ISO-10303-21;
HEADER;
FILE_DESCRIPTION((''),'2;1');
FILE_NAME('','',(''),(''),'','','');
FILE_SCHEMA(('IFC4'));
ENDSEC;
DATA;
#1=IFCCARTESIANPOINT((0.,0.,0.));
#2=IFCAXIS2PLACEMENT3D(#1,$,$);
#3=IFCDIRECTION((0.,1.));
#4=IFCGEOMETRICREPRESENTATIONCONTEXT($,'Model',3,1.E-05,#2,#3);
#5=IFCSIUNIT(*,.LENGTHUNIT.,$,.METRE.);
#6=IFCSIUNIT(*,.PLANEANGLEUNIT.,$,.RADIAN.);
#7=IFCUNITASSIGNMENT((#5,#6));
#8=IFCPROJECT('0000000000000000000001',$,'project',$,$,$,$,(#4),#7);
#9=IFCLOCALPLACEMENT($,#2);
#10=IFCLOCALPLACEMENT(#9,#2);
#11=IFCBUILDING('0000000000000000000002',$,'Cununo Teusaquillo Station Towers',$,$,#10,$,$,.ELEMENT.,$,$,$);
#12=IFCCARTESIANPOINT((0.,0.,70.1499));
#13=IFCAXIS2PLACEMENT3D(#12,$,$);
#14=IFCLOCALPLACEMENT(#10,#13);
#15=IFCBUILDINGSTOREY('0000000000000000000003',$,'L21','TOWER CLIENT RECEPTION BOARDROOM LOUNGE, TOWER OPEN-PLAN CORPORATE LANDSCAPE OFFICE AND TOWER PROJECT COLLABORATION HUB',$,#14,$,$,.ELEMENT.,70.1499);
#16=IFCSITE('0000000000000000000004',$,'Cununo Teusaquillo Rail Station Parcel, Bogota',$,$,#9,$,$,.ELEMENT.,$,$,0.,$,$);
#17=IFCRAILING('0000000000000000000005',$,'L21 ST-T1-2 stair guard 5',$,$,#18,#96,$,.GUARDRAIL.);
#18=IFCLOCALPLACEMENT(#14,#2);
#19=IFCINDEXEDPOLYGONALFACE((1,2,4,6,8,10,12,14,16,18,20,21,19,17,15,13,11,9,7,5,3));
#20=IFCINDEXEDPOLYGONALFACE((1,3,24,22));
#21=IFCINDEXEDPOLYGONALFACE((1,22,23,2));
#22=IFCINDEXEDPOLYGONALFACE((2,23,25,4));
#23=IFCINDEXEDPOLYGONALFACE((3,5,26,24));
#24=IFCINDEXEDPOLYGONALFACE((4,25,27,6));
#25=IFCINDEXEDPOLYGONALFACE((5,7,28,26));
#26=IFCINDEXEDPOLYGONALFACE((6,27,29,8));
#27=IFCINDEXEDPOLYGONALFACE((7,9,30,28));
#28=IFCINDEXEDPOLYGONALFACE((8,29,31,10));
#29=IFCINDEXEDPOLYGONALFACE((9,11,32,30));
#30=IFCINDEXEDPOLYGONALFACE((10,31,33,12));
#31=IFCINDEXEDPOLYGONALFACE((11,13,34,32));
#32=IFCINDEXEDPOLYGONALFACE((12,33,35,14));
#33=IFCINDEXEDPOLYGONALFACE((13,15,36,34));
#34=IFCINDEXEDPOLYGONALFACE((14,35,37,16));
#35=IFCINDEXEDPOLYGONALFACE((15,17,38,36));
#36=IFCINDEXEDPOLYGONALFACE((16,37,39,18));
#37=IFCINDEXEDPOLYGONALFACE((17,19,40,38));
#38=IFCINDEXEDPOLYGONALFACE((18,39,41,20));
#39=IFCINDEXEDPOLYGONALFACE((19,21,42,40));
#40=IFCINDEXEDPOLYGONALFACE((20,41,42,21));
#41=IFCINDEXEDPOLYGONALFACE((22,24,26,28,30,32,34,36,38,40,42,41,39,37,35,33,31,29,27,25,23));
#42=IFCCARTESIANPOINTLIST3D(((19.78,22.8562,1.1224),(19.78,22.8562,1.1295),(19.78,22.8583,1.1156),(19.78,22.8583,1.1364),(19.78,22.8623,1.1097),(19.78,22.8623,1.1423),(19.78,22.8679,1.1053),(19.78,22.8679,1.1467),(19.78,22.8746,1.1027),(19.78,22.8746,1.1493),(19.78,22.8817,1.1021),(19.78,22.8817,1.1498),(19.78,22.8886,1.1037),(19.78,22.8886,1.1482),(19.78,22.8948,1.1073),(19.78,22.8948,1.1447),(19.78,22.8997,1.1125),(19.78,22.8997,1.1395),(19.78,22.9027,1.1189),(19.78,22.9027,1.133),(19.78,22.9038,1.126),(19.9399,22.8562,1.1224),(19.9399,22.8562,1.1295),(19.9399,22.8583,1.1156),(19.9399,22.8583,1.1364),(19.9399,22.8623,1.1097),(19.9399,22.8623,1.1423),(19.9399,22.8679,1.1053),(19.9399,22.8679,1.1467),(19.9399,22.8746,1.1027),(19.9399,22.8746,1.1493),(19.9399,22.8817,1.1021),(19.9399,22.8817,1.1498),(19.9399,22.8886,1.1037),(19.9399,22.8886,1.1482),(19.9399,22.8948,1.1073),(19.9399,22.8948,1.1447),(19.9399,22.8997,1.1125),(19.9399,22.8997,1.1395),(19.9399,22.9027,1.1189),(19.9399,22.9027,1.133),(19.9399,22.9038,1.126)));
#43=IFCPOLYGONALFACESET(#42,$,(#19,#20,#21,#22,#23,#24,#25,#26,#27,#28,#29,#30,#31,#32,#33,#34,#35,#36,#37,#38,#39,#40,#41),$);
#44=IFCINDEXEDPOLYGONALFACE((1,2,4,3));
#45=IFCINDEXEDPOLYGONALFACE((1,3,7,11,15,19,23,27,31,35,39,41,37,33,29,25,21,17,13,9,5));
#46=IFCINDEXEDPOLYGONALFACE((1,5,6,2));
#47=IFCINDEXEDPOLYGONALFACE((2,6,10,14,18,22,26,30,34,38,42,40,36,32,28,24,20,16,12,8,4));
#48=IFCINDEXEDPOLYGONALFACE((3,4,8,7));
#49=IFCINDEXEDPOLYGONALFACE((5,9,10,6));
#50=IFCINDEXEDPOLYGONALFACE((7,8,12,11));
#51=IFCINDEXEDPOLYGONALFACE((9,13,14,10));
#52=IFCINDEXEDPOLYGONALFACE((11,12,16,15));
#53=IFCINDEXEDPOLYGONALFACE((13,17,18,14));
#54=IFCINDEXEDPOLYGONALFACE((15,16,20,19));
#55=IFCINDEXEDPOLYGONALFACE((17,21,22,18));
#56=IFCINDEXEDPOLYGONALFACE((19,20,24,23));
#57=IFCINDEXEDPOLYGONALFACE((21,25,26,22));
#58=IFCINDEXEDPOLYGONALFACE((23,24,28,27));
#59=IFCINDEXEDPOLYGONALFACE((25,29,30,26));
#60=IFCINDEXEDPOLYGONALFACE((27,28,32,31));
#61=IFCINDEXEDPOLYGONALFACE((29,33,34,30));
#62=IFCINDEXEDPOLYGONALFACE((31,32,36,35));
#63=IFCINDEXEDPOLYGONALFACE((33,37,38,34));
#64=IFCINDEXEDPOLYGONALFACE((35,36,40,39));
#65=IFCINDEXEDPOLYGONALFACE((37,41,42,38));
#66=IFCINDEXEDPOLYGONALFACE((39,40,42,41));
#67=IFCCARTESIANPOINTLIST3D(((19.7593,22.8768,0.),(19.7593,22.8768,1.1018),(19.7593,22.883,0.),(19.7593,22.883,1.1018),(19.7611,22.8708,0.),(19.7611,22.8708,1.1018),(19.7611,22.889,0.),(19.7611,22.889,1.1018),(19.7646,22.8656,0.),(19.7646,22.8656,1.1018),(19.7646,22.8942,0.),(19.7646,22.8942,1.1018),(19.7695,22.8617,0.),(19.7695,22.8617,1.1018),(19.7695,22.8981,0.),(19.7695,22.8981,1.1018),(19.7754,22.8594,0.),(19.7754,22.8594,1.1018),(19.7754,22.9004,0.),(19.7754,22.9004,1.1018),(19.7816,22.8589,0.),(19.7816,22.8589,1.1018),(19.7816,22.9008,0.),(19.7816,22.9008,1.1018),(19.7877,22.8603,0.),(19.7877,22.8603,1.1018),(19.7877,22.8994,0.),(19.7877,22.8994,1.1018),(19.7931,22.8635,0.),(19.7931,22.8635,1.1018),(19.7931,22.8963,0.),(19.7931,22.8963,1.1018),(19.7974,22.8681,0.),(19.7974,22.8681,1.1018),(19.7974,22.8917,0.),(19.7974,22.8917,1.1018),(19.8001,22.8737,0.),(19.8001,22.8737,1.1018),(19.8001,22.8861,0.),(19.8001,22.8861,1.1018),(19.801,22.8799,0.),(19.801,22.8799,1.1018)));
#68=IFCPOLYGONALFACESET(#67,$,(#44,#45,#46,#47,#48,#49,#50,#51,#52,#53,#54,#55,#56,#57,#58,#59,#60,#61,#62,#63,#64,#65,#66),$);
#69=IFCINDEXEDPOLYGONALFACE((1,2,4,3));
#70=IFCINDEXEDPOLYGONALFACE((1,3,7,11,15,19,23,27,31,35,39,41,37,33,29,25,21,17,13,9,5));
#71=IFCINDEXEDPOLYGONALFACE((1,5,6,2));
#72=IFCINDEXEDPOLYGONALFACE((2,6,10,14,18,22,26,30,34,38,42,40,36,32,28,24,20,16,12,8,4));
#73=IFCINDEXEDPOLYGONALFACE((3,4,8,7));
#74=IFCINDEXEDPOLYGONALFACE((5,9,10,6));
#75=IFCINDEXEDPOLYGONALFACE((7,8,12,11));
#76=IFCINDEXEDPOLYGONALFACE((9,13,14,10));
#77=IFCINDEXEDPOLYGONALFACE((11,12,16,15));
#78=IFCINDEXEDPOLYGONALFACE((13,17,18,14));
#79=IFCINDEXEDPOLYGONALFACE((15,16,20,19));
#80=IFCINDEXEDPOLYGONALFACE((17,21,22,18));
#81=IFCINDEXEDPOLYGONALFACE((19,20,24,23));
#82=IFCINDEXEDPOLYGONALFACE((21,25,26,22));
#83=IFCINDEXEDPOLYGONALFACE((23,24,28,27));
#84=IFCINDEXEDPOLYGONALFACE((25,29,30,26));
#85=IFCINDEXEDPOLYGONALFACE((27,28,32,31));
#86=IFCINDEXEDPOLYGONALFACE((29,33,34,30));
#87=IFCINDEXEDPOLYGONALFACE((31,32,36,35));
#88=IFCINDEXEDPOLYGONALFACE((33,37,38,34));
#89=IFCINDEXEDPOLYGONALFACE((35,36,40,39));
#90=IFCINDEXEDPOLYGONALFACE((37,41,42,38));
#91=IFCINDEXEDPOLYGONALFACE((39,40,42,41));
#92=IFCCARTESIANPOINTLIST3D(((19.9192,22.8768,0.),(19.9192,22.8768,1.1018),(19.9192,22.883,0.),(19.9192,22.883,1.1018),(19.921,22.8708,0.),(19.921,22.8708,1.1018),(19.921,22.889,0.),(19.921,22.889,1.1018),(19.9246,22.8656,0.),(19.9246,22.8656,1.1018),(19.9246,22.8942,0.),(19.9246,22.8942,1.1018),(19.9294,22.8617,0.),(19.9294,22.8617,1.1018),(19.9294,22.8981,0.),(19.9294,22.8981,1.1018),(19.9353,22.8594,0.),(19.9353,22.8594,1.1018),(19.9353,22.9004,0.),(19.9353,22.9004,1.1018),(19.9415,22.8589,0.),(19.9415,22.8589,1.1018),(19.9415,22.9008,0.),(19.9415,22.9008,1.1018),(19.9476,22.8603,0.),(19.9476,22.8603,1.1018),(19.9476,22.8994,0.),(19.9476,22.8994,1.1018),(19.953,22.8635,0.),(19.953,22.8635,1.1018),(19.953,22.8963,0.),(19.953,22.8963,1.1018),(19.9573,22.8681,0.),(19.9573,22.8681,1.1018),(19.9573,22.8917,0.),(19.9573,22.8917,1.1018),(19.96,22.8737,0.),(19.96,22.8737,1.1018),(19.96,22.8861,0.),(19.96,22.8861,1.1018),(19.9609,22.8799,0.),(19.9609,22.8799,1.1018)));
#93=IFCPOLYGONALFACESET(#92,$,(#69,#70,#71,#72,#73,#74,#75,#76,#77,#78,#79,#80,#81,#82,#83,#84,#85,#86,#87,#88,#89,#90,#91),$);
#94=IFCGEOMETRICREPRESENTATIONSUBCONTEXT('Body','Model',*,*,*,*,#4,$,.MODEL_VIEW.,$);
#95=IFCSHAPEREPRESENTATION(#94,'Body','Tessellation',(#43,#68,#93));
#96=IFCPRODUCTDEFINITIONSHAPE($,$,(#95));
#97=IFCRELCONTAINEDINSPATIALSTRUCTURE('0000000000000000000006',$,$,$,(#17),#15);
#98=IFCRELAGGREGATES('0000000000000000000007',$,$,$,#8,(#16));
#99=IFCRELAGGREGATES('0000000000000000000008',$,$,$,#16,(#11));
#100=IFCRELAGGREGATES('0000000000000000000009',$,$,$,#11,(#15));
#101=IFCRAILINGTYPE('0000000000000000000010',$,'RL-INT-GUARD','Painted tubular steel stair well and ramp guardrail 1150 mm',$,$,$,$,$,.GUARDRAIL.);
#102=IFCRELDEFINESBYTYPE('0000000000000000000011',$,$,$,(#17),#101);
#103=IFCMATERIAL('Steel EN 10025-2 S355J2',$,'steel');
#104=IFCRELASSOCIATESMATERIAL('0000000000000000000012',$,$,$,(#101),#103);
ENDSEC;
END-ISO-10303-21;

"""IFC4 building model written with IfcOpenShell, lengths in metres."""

from ifc_helpers import new_model, si_unit, direction, frame, origin, origin_2d, place, context, subcontext, project, spatial, circle, extrude, material, type_object, element, save


model = new_model("IFC4")

# Units and contexts
model_context = context("Model", 3, precision=1e-05, world=origin(), true_north=direction((0.0, 1.0)))
body_context = subcontext(model_context, "Body", "Model", "MODEL_VIEW")
ifc_project = project(units=[si_unit("LENGTHUNIT", "METRE"), si_unit("PLANEANGLEUNIT", "RADIAN")], contexts=[model_context])

# Site, building, storey
site_placement = place(None, origin())
site = spatial("IfcSite", under=ifc_project, at=site_placement, Name="Cununo Teusaquillo Rail Station Parcel, Bogota", CompositionType="ELEMENT", RefElevation=0.0)
building_placement = place(site_placement, origin())
building = spatial("IfcBuilding", under=site, at=building_placement, Name="Cununo Teusaquillo Station Towers", CompositionType="ELEMENT")
storey_placement = place(building_placement, frame((0.0, 0.0, 70.1499)))
storey = spatial("IfcBuildingStorey", under=building, at=storey_placement, Name="L21", Description="TOWER CLIENT RECEPTION BOARDROOM LOUNGE, TOWER OPEN-PLAN CORPORATE LANDSCAPE OFFICE AND TOWER PROJECT COLLABORATION HUB", CompositionType="ELEMENT", Elevation=70.1499)

# Railing
ifc_material_1 = material(Name="Steel EN 10025-2 S355J2", Category="steel")
railing_type_1 = type_object("IfcRailingType", Name="RL-INT-GUARD", Description="Painted tubular steel stair well and ramp guardrail 1150 mm", PredefinedType="GUARDRAIL", material=ifc_material_1)
railing_1_placement = place(storey_placement, frame((19.78, 22.8799, 0.0)))
element("IfcRailing", 1, at=railing_1_placement, inside=storey, type_object=railing_type_1, Name="L21 ST-T1-2 stair guard 5", PredefinedType="GUARDRAIL", context=body_context, shape_type="SweptSolid", body=[
    extrude(circle(Radius=0.0239, at=origin_2d()), frame((0.0, 0.0, 1.126), z_axis=(1.0, 0.0, 0.0), x_axis=(0.0, 1.0, 0.0)), (0.0, 0.0, 1.0), 0.1599),
    extrude(circle(Radius=0.021, at=origin_2d()), origin(), (0.0, 0.0, 1.0), 1.1018),
    extrude(circle(Radius=0.021, at=origin_2d()), frame((0.1599, 0.0, 0.0)), (0.0, 0.0, 1.0), 1.1018),
])

save(model, "model.ifc")
